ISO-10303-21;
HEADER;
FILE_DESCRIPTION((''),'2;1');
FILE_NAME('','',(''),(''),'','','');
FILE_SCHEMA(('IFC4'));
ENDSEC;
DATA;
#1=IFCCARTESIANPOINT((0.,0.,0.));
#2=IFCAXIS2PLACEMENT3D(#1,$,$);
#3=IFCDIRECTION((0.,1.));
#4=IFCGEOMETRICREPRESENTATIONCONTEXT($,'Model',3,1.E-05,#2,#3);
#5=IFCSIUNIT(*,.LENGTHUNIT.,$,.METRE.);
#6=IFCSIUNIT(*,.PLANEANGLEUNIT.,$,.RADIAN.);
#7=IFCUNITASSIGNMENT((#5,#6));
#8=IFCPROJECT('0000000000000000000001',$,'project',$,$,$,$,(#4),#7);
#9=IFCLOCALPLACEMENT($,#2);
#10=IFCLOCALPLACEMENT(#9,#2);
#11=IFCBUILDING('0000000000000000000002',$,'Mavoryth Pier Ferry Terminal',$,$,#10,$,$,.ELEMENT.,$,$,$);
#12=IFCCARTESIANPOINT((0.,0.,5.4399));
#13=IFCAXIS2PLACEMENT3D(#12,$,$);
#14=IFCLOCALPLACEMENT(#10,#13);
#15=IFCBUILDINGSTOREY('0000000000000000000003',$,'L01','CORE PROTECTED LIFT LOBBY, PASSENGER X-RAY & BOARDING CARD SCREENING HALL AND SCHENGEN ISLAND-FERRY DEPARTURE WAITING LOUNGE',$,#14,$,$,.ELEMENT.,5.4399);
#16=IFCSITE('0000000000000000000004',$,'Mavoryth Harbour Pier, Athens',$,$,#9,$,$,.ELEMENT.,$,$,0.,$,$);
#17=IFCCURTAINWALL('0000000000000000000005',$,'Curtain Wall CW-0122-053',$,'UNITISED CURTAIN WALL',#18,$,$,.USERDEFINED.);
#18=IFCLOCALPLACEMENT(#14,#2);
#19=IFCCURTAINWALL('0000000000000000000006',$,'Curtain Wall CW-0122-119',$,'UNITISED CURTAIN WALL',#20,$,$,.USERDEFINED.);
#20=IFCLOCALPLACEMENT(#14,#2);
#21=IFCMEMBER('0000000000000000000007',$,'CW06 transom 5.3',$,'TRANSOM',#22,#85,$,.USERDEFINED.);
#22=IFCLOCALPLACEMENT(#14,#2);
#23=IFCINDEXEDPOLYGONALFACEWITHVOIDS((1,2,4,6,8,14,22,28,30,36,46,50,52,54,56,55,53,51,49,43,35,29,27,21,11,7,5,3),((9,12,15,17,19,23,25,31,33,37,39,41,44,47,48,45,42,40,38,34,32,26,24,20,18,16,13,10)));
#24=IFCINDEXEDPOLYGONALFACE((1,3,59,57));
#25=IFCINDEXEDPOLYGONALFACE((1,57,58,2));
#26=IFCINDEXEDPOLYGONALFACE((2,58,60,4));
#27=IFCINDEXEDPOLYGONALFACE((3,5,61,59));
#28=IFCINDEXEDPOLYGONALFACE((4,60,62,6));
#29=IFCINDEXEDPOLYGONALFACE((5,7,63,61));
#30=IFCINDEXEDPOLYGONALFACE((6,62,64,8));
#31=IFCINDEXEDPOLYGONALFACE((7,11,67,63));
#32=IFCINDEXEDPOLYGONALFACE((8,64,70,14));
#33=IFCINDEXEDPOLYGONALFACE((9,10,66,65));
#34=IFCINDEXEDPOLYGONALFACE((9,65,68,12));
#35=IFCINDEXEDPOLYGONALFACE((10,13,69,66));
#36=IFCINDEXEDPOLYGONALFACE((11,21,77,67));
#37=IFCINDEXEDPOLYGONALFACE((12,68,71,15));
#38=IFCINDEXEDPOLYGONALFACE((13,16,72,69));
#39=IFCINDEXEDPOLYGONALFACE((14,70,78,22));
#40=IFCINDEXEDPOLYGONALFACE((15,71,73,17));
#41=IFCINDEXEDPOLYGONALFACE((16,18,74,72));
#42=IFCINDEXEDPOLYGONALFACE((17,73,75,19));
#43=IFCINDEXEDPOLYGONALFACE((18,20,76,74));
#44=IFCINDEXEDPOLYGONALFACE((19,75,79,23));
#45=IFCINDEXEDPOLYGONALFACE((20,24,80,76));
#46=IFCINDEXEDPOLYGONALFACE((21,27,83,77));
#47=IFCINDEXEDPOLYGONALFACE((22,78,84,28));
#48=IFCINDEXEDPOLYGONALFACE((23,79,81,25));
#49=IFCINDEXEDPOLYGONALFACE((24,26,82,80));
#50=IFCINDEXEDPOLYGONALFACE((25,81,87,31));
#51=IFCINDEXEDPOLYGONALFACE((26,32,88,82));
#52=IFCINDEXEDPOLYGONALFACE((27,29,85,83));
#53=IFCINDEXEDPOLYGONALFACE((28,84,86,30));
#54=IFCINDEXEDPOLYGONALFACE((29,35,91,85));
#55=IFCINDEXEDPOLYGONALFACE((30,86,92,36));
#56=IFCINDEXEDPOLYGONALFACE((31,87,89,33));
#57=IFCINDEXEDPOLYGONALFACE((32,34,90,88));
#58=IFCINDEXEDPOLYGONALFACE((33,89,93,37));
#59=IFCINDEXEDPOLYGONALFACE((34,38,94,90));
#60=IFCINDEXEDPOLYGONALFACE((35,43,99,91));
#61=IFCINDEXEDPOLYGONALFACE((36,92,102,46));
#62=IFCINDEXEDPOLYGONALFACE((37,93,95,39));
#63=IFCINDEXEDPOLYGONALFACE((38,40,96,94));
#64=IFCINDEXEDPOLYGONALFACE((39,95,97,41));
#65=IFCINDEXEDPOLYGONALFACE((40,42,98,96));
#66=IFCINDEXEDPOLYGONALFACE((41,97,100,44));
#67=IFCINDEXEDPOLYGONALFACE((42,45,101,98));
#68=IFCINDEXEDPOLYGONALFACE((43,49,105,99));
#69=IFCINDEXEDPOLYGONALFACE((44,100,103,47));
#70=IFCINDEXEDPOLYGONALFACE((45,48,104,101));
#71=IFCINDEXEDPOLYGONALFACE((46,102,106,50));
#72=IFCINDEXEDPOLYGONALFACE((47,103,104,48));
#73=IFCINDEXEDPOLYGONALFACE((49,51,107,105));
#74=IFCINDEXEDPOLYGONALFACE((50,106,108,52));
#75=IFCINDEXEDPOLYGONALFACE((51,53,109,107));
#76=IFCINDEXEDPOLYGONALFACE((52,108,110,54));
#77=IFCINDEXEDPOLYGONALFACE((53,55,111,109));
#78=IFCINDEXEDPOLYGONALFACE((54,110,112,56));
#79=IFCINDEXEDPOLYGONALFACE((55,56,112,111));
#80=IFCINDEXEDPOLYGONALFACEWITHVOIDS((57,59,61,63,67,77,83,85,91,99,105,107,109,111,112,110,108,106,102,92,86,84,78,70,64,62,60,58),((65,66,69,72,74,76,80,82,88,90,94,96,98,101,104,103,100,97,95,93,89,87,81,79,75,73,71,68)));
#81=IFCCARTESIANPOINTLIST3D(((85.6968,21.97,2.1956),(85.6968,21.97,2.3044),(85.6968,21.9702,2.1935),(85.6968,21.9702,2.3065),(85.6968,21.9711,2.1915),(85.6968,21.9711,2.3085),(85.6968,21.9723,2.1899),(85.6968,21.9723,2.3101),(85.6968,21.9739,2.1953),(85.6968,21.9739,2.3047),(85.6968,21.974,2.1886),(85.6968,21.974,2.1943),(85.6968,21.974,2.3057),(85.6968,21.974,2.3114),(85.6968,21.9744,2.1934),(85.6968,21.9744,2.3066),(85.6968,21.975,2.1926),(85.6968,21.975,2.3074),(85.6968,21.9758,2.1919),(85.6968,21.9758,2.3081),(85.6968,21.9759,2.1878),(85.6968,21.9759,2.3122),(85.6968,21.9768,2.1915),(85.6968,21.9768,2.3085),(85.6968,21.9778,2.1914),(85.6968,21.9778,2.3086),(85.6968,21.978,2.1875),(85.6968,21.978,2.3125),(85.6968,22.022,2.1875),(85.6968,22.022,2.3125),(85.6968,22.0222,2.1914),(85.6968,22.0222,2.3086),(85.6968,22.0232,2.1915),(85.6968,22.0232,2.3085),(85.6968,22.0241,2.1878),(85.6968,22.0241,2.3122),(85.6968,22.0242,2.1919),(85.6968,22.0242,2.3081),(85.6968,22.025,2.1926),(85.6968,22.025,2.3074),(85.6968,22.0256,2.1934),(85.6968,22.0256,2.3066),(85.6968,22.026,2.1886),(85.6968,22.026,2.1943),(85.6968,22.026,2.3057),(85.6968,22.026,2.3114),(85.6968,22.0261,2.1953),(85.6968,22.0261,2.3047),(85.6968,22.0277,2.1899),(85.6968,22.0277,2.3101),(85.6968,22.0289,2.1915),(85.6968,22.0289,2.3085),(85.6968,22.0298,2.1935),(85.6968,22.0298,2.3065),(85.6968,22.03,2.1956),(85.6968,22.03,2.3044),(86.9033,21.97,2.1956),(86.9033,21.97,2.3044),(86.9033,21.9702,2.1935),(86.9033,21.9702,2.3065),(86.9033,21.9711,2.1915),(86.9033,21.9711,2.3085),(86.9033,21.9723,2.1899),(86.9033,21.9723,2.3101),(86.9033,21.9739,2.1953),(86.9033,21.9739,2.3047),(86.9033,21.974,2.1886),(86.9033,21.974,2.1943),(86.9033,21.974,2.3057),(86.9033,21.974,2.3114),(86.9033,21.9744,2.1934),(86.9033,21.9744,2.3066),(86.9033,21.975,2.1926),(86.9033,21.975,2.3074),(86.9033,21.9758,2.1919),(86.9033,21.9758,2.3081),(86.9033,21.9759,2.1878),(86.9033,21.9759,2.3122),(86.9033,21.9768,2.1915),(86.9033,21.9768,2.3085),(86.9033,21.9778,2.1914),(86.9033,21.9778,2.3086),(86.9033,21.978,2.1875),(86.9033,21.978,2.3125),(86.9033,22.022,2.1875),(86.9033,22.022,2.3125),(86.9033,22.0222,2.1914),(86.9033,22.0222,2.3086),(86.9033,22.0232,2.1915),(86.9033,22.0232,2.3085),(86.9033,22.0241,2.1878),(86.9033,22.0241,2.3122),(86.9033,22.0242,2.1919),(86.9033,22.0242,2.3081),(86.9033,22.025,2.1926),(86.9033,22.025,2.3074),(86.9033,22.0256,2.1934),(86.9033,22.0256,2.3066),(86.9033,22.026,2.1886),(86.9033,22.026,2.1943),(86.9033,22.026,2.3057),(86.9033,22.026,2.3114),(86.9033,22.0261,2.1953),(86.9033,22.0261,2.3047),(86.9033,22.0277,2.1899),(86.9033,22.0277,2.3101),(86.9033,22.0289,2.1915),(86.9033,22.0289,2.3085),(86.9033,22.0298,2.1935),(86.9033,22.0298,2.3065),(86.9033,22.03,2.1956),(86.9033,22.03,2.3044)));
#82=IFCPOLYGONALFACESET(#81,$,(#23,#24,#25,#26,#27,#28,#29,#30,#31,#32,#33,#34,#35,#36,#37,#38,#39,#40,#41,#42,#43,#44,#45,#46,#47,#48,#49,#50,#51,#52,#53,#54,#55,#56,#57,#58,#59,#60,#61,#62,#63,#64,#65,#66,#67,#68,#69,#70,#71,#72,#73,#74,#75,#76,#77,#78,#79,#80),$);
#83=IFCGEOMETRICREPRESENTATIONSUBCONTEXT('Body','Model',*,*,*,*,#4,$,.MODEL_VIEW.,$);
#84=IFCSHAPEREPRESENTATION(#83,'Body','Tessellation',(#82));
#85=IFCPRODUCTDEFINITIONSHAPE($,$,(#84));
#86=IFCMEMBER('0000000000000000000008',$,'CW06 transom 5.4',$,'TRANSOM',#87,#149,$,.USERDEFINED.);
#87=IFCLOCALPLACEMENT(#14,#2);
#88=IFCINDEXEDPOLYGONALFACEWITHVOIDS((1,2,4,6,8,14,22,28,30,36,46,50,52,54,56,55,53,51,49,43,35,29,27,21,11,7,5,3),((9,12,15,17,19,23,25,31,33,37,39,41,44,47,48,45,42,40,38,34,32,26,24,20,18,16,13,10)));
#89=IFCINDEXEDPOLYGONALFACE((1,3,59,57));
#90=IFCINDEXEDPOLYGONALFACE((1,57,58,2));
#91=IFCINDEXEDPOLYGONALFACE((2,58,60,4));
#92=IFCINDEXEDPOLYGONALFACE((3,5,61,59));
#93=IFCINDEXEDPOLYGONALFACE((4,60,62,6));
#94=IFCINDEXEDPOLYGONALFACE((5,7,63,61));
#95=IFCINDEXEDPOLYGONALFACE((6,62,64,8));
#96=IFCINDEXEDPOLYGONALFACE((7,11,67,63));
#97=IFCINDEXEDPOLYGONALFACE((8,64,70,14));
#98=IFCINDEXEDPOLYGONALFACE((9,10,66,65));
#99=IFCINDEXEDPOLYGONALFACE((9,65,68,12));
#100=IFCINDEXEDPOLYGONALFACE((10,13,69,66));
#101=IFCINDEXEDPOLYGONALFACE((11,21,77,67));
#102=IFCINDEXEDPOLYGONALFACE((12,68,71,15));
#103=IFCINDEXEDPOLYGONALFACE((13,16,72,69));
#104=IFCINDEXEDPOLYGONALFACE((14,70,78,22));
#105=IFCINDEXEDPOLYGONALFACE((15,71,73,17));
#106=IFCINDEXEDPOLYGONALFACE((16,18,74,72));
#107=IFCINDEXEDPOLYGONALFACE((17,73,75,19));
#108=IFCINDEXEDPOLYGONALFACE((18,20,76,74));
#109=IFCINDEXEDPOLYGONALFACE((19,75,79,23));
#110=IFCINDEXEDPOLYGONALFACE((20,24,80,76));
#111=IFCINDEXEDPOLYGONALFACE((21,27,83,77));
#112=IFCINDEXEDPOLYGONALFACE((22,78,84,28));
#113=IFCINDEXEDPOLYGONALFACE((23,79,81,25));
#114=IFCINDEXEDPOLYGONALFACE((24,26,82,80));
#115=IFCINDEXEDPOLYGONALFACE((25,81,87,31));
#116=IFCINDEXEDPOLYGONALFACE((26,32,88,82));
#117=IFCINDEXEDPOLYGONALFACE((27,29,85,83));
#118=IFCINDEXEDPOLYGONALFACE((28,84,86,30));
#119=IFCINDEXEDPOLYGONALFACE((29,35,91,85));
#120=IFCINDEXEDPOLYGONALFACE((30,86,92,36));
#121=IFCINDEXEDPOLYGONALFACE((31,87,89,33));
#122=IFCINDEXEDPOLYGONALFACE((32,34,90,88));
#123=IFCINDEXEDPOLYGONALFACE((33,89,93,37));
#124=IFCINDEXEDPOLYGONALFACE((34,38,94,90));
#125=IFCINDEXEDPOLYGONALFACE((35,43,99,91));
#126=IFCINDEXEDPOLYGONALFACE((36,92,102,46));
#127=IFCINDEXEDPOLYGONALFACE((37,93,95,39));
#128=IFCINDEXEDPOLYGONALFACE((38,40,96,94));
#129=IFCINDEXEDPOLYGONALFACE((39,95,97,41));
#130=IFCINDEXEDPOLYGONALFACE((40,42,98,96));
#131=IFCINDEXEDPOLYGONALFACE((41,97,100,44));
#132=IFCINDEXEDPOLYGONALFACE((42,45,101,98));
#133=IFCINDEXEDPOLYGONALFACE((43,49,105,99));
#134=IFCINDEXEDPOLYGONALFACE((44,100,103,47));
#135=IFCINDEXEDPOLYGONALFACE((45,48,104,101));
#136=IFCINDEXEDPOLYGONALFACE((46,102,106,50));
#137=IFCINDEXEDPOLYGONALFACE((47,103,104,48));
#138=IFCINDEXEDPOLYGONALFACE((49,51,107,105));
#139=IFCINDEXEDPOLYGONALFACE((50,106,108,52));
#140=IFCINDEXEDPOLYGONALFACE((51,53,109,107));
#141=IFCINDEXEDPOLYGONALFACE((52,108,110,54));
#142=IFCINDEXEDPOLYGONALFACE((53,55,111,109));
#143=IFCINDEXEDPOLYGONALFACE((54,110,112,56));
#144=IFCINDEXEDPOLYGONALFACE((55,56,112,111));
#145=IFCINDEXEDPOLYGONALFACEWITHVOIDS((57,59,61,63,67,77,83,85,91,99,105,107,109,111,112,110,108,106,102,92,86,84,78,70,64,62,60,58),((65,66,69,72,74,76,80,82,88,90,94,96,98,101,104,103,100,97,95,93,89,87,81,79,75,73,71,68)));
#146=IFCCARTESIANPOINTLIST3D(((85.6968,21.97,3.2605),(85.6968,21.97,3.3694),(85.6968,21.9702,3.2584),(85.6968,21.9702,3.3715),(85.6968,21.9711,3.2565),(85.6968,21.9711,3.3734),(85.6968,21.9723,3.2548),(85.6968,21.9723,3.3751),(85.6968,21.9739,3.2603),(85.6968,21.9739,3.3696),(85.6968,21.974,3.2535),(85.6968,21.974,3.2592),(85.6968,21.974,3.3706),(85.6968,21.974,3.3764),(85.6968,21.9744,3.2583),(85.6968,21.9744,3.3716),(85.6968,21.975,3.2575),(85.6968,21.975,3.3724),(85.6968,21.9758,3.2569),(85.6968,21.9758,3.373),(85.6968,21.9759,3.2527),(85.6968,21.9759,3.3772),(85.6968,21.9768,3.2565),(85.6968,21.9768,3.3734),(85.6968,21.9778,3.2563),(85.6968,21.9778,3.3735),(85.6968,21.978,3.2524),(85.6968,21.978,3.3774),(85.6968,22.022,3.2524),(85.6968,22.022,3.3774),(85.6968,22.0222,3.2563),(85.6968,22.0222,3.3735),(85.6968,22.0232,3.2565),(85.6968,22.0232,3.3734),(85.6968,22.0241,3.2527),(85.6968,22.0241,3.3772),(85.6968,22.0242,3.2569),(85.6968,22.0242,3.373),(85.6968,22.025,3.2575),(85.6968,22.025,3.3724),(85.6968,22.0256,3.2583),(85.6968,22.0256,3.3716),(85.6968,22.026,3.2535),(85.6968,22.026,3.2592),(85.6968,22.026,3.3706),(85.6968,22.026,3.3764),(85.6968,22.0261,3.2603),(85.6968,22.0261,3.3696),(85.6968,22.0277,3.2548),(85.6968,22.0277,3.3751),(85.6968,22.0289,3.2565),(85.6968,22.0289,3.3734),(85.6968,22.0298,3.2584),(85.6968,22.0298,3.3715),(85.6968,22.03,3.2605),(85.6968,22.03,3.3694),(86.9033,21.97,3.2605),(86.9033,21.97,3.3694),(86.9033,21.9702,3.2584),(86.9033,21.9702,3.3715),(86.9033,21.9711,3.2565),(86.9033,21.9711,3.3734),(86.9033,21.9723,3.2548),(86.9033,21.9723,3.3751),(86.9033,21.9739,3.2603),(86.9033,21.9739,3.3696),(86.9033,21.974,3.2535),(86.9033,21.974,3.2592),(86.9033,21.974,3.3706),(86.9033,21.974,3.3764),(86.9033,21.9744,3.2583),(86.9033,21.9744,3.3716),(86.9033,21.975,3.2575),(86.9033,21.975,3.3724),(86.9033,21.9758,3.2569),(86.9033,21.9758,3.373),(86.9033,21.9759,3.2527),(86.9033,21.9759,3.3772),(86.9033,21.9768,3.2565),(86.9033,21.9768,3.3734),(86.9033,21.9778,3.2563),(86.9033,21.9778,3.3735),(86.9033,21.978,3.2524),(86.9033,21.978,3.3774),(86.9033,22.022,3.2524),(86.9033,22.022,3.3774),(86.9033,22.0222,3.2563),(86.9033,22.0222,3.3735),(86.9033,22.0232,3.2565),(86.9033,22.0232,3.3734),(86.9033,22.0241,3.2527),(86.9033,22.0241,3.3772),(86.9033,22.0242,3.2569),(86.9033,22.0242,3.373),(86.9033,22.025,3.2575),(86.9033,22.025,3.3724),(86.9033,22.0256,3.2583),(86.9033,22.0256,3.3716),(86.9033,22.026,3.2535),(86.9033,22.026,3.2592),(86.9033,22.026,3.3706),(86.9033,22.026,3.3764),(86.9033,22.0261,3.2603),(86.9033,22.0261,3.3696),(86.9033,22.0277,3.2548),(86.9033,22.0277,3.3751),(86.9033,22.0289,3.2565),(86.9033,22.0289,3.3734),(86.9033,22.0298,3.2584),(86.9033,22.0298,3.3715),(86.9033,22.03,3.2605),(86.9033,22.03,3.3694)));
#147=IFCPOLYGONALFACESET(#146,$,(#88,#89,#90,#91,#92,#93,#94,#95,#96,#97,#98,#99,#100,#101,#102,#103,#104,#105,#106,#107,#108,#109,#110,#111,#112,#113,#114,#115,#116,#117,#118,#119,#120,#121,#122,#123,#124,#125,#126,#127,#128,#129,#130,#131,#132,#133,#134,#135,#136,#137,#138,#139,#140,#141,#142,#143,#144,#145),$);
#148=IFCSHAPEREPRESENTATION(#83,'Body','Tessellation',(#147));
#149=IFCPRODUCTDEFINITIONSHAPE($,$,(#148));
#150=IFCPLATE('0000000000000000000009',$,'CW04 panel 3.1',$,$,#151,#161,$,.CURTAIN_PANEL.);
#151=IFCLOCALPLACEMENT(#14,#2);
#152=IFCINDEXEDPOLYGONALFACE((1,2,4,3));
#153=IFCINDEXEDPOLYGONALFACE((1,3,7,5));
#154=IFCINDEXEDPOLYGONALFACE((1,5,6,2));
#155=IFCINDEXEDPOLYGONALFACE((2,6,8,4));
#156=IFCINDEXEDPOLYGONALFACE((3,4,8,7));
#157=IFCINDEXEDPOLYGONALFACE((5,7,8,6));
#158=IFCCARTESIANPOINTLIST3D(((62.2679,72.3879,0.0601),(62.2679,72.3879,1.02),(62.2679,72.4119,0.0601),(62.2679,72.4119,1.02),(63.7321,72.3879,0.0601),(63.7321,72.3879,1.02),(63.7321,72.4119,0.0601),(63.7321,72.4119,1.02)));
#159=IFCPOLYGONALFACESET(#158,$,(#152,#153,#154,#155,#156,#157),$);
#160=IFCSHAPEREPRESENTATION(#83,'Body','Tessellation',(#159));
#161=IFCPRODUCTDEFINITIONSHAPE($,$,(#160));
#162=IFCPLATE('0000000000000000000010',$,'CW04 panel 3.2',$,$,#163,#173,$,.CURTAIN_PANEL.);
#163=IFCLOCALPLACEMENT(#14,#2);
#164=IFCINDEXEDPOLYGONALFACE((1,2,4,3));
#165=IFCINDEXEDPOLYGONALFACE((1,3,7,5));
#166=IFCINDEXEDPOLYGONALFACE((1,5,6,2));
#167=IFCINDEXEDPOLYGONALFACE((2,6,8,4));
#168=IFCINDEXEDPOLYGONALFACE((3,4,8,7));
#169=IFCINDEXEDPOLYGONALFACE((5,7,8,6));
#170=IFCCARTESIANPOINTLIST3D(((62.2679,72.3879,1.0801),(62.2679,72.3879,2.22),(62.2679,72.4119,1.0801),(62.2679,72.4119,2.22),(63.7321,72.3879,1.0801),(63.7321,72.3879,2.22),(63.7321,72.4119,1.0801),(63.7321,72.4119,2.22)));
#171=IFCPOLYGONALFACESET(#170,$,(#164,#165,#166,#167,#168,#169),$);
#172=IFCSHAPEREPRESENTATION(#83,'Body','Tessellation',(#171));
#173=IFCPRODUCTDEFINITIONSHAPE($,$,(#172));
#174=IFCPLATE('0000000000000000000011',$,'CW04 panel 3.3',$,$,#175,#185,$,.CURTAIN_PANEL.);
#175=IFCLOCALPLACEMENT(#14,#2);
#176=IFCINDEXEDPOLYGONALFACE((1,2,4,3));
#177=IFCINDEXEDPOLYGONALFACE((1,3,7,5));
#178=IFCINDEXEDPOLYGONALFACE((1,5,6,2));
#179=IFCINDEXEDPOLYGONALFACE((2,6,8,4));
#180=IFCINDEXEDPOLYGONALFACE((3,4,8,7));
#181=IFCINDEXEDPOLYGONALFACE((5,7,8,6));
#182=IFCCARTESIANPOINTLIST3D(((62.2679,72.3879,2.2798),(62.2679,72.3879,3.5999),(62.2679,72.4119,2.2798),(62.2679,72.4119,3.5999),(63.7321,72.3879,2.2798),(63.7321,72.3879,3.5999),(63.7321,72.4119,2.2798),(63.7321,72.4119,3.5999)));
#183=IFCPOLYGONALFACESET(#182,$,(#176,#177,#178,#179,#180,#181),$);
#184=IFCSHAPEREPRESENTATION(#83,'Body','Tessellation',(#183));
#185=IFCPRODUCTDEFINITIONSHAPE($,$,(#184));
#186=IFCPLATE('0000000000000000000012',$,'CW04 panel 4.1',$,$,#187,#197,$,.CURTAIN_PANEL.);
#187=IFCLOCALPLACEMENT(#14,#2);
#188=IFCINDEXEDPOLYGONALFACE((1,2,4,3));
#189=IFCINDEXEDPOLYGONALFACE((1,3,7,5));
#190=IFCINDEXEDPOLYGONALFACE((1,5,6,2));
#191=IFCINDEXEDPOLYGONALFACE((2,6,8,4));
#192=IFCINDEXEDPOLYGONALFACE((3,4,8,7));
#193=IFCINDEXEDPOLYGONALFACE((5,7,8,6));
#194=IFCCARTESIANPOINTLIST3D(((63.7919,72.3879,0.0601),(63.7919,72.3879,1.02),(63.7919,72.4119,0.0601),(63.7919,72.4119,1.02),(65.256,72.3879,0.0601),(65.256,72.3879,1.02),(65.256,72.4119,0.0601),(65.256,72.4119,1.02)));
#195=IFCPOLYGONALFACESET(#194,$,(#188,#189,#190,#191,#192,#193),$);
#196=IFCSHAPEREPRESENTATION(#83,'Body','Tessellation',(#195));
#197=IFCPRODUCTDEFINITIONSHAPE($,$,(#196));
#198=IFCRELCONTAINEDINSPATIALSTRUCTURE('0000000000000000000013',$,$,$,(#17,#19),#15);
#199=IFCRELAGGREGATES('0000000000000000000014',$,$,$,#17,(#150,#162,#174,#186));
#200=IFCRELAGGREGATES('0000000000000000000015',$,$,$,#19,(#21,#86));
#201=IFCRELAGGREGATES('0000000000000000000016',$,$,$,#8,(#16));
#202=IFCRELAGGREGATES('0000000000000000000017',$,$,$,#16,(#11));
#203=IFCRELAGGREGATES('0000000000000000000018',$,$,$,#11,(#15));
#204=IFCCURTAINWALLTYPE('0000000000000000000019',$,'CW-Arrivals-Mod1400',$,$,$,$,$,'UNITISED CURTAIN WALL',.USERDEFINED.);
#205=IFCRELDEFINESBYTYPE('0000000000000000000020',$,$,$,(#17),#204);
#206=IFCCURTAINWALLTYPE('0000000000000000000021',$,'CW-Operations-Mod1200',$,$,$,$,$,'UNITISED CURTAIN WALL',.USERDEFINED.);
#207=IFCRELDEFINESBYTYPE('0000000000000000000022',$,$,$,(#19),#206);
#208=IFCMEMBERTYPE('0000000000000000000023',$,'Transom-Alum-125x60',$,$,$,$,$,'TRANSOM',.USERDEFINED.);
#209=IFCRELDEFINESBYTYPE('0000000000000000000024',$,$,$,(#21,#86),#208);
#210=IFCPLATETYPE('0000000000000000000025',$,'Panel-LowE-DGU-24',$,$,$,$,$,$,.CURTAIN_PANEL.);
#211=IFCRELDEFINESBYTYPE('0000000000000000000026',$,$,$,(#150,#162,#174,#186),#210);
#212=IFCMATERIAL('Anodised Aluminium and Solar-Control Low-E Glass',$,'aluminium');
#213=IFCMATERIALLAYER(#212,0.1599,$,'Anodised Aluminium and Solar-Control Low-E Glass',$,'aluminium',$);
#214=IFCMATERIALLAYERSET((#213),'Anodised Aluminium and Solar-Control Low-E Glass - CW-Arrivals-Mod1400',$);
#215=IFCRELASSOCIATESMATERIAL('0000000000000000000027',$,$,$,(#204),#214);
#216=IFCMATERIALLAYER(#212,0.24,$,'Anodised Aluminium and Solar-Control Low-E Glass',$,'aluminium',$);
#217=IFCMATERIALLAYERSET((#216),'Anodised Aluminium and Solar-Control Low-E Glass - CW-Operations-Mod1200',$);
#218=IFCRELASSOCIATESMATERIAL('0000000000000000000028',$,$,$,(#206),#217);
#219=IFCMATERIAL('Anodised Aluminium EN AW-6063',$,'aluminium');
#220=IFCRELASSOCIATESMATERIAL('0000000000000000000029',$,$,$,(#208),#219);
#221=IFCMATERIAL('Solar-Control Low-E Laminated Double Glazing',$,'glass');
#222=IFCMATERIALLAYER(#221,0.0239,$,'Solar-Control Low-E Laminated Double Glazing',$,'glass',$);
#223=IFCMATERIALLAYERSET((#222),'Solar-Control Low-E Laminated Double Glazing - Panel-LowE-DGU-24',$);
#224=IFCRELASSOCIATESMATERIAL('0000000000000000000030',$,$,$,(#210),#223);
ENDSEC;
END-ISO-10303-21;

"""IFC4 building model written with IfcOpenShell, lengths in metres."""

from ifc_helpers import new_model, si_unit, direction, frame, origin, origin_2d, place, context, subcontext, project, spatial, rectangle, hollow_rectangle, extrude, material, layer, layer_set, material_profile, profile_set, type_object, element, aggregate, save


model = new_model("IFC4")

# Units and contexts
model_context = context("Model", 3, precision=1e-05, world=origin(), true_north=direction((0.0, 1.0)))
body_context = subcontext(model_context, "Body", "Model", "MODEL_VIEW")
ifc_project = project(units=[si_unit("LENGTHUNIT", "METRE"), si_unit("PLANEANGLEUNIT", "RADIAN")], contexts=[model_context])

# Site, building, storey
site_placement = place(None, origin())
site = spatial("IfcSite", under=ifc_project, at=site_placement, Name="Mavoryth Harbour Pier, Athens", CompositionType="ELEMENT", RefElevation=0.0)
building_placement = place(site_placement, origin())
building = spatial("IfcBuilding", under=site, at=building_placement, Name="Mavoryth Pier Ferry Terminal", CompositionType="ELEMENT")
storey_placement = place(building_placement, frame((0.0, 0.0, 5.4399)))
storey = spatial("IfcBuildingStorey", under=building, at=storey_placement, Name="L01", Description="CORE PROTECTED LIFT LOBBY, PASSENGER X-RAY & BOARDING CARD SCREENING HALL AND SCHENGEN ISLAND-FERRY DEPARTURE WAITING LOUNGE", CompositionType="ELEMENT", Elevation=5.4399)

# Curtain walls
ifc_material_1 = material(Name="Anodised Aluminium and Solar-Control Low-E Glass", Category="aluminium")
ifc_layer_1 = layer(ifc_material_1, 0.1599, Name="Anodised Aluminium and Solar-Control Low-E Glass", Category="aluminium")
ifc_layer_set_1 = layer_set([ifc_layer_1], Name="Anodised Aluminium and Solar-Control Low-E Glass - CW-Arrivals-Mod1400")
curtain_wall_type_1 = type_object("IfcCurtainWallType", Name="CW-Arrivals-Mod1400", ElementType="UNITISED CURTAIN WALL", PredefinedType="USERDEFINED", material=ifc_layer_set_1)
curtain_wall_1_placement = place(storey_placement, origin())
curtain_wall_1 = element("IfcCurtainWall", 1, at=curtain_wall_1_placement, inside=storey, type_object=curtain_wall_type_1, Name="Curtain Wall CW-0122-053", ObjectType="UNITISED CURTAIN WALL", PredefinedType="USERDEFINED")
ifc_material_2 = material(Name="Anodised Aluminium EN AW-6063", Category="aluminium")
ifc_layer_2 = layer(ifc_material_1, 0.24, Name="Anodised Aluminium and Solar-Control Low-E Glass", Category="aluminium")
ifc_layer_set_2 = layer_set([ifc_layer_2], Name="Anodised Aluminium and Solar-Control Low-E Glass - CW-Operations-Mod1200")
curtain_wall_type_2 = type_object("IfcCurtainWallType", Name="CW-Operations-Mod1200", ElementType="UNITISED CURTAIN WALL", PredefinedType="USERDEFINED", material=ifc_layer_set_2)
curtain_wall_2_placement = place(storey_placement, origin())
curtain_wall_2 = element("IfcCurtainWall", 2, at=curtain_wall_2_placement, inside=storey, type_object=curtain_wall_type_2, Name="Curtain Wall CW-0122-119", ObjectType="UNITISED CURTAIN WALL", PredefinedType="USERDEFINED")

# Members
ifc_material_profile_1 = material_profile(ifc_material_2, hollow_rectangle(XDim=0.0601, YDim=0.125, WallThickness=0.0039, InnerFilletRadius=0.0039, OuterFilletRadius=0.0081, at=origin_2d()), Name="AL-TRAN 125x60x4", Category="aluminium")
ifc_profile_set_1 = profile_set([ifc_material_profile_1], Name="Anodised Aluminium EN AW-6063 - AL-TRAN 125x60x4")
member_type_1 = type_object("IfcMemberType", Name="Transom-Alum-125x60", ElementType="TRANSOM", PredefinedType="USERDEFINED", material=ifc_profile_set_1)
member_1_placement = place(storey_placement, frame((86.9033, 22.0, 2.25), z_axis=(-1.0, 0.0, 0.0), x_axis=(0.0, -1.0, 0.0)))
member_1 = element("IfcMember", 3, at=member_1_placement, type_object=member_type_1, Name="CW06 transom 5.3", ObjectType="TRANSOM", PredefinedType="USERDEFINED", context=body_context, shape_type="SweptSolid", body=[
    extrude(hollow_rectangle(XDim=0.0601, YDim=0.125, WallThickness=0.0039, InnerFilletRadius=0.0039, OuterFilletRadius=0.0081, at=origin_2d()), origin(), (0.0, 0.0, 1.0), 1.2065),
])
member_2_placement = place(storey_placement, frame((86.9033, 22.0, 3.3149), z_axis=(-1.0, 0.0, 0.0), x_axis=(0.0, -1.0, 0.0)))
member_2 = element("IfcMember", 4, at=member_2_placement, type_object=member_type_1, Name="CW06 transom 5.4", ObjectType="TRANSOM", PredefinedType="USERDEFINED", context=body_context, shape_type="SweptSolid", body=[
    extrude(hollow_rectangle(XDim=0.0601, YDim=0.125, WallThickness=0.0039, InnerFilletRadius=0.0039, OuterFilletRadius=0.0081, at=origin_2d()), origin(), (0.0, 0.0, 1.0), 1.2065),
])

# Plates
ifc_material_3 = material(Name="Solar-Control Low-E Laminated Double Glazing", Category="glass")
ifc_layer_3 = layer(ifc_material_3, 0.0239, Name="Solar-Control Low-E Laminated Double Glazing", Category="glass")
ifc_layer_set_3 = layer_set([ifc_layer_3], Name="Solar-Control Low-E Laminated Double Glazing - Panel-LowE-DGU-24")
plate_type = type_object("IfcPlateType", Name="Panel-LowE-DGU-24", PredefinedType="CURTAIN_PANEL", material=ifc_layer_set_3)
plate_1_placement = place(storey_placement, frame((63.0, 72.3999, 0.0601), z_axis=(0.0, 0.0, 1.0), x_axis=(1.0, 0.0, 0.0)))
plate_1 = element("IfcPlate", 5, at=plate_1_placement, type_object=plate_type, Name="CW04 panel 3.1", PredefinedType="CURTAIN_PANEL", context=body_context, shape_type="SweptSolid", body=[
    extrude(rectangle(XDim=1.4641, YDim=0.0239, at=origin_2d()), origin(), (0.0, 0.0, 1.0), 0.96),
])
plate_2_placement = place(storey_placement, frame((63.0, 72.3999, 1.0801), z_axis=(0.0, 0.0, 1.0), x_axis=(1.0, 0.0, 0.0)))
plate_2 = element("IfcPlate", 6, at=plate_2_placement, type_object=plate_type, Name="CW04 panel 3.2", PredefinedType="CURTAIN_PANEL", context=body_context, shape_type="SweptSolid", body=[
    extrude(rectangle(XDim=1.4641, YDim=0.0239, at=origin_2d()), origin(), (0.0, 0.0, 1.0), 1.1399),
])
plate_3_placement = place(storey_placement, frame((63.0, 72.3999, 2.2798), z_axis=(0.0, 0.0, 1.0), x_axis=(1.0, 0.0, 0.0)))
plate_3 = element("IfcPlate", 7, at=plate_3_placement, type_object=plate_type, Name="CW04 panel 3.3", PredefinedType="CURTAIN_PANEL", context=body_context, shape_type="SweptSolid", body=[
    extrude(rectangle(XDim=1.4641, YDim=0.0239, at=origin_2d()), origin(), (0.0, 0.0, 1.0), 1.3201),
])
plate_4_placement = place(storey_placement, frame((64.5239, 72.3999, 0.0601), z_axis=(0.0, 0.0, 1.0), x_axis=(1.0, 0.0, 0.0)))
plate_4 = element("IfcPlate", 8, at=plate_4_placement, type_object=plate_type, Name="CW04 panel 4.1", PredefinedType="CURTAIN_PANEL", context=body_context, shape_type="SweptSolid", body=[
    extrude(rectangle(XDim=1.4641, YDim=0.0239, at=origin_2d()), origin(), (0.0, 0.0, 1.0), 0.96),
])
aggregate(curtain_wall_1, [plate_1, plate_2, plate_3, plate_4])
aggregate(curtain_wall_2, [member_1, member_2])

save(model, "model.ifc")
